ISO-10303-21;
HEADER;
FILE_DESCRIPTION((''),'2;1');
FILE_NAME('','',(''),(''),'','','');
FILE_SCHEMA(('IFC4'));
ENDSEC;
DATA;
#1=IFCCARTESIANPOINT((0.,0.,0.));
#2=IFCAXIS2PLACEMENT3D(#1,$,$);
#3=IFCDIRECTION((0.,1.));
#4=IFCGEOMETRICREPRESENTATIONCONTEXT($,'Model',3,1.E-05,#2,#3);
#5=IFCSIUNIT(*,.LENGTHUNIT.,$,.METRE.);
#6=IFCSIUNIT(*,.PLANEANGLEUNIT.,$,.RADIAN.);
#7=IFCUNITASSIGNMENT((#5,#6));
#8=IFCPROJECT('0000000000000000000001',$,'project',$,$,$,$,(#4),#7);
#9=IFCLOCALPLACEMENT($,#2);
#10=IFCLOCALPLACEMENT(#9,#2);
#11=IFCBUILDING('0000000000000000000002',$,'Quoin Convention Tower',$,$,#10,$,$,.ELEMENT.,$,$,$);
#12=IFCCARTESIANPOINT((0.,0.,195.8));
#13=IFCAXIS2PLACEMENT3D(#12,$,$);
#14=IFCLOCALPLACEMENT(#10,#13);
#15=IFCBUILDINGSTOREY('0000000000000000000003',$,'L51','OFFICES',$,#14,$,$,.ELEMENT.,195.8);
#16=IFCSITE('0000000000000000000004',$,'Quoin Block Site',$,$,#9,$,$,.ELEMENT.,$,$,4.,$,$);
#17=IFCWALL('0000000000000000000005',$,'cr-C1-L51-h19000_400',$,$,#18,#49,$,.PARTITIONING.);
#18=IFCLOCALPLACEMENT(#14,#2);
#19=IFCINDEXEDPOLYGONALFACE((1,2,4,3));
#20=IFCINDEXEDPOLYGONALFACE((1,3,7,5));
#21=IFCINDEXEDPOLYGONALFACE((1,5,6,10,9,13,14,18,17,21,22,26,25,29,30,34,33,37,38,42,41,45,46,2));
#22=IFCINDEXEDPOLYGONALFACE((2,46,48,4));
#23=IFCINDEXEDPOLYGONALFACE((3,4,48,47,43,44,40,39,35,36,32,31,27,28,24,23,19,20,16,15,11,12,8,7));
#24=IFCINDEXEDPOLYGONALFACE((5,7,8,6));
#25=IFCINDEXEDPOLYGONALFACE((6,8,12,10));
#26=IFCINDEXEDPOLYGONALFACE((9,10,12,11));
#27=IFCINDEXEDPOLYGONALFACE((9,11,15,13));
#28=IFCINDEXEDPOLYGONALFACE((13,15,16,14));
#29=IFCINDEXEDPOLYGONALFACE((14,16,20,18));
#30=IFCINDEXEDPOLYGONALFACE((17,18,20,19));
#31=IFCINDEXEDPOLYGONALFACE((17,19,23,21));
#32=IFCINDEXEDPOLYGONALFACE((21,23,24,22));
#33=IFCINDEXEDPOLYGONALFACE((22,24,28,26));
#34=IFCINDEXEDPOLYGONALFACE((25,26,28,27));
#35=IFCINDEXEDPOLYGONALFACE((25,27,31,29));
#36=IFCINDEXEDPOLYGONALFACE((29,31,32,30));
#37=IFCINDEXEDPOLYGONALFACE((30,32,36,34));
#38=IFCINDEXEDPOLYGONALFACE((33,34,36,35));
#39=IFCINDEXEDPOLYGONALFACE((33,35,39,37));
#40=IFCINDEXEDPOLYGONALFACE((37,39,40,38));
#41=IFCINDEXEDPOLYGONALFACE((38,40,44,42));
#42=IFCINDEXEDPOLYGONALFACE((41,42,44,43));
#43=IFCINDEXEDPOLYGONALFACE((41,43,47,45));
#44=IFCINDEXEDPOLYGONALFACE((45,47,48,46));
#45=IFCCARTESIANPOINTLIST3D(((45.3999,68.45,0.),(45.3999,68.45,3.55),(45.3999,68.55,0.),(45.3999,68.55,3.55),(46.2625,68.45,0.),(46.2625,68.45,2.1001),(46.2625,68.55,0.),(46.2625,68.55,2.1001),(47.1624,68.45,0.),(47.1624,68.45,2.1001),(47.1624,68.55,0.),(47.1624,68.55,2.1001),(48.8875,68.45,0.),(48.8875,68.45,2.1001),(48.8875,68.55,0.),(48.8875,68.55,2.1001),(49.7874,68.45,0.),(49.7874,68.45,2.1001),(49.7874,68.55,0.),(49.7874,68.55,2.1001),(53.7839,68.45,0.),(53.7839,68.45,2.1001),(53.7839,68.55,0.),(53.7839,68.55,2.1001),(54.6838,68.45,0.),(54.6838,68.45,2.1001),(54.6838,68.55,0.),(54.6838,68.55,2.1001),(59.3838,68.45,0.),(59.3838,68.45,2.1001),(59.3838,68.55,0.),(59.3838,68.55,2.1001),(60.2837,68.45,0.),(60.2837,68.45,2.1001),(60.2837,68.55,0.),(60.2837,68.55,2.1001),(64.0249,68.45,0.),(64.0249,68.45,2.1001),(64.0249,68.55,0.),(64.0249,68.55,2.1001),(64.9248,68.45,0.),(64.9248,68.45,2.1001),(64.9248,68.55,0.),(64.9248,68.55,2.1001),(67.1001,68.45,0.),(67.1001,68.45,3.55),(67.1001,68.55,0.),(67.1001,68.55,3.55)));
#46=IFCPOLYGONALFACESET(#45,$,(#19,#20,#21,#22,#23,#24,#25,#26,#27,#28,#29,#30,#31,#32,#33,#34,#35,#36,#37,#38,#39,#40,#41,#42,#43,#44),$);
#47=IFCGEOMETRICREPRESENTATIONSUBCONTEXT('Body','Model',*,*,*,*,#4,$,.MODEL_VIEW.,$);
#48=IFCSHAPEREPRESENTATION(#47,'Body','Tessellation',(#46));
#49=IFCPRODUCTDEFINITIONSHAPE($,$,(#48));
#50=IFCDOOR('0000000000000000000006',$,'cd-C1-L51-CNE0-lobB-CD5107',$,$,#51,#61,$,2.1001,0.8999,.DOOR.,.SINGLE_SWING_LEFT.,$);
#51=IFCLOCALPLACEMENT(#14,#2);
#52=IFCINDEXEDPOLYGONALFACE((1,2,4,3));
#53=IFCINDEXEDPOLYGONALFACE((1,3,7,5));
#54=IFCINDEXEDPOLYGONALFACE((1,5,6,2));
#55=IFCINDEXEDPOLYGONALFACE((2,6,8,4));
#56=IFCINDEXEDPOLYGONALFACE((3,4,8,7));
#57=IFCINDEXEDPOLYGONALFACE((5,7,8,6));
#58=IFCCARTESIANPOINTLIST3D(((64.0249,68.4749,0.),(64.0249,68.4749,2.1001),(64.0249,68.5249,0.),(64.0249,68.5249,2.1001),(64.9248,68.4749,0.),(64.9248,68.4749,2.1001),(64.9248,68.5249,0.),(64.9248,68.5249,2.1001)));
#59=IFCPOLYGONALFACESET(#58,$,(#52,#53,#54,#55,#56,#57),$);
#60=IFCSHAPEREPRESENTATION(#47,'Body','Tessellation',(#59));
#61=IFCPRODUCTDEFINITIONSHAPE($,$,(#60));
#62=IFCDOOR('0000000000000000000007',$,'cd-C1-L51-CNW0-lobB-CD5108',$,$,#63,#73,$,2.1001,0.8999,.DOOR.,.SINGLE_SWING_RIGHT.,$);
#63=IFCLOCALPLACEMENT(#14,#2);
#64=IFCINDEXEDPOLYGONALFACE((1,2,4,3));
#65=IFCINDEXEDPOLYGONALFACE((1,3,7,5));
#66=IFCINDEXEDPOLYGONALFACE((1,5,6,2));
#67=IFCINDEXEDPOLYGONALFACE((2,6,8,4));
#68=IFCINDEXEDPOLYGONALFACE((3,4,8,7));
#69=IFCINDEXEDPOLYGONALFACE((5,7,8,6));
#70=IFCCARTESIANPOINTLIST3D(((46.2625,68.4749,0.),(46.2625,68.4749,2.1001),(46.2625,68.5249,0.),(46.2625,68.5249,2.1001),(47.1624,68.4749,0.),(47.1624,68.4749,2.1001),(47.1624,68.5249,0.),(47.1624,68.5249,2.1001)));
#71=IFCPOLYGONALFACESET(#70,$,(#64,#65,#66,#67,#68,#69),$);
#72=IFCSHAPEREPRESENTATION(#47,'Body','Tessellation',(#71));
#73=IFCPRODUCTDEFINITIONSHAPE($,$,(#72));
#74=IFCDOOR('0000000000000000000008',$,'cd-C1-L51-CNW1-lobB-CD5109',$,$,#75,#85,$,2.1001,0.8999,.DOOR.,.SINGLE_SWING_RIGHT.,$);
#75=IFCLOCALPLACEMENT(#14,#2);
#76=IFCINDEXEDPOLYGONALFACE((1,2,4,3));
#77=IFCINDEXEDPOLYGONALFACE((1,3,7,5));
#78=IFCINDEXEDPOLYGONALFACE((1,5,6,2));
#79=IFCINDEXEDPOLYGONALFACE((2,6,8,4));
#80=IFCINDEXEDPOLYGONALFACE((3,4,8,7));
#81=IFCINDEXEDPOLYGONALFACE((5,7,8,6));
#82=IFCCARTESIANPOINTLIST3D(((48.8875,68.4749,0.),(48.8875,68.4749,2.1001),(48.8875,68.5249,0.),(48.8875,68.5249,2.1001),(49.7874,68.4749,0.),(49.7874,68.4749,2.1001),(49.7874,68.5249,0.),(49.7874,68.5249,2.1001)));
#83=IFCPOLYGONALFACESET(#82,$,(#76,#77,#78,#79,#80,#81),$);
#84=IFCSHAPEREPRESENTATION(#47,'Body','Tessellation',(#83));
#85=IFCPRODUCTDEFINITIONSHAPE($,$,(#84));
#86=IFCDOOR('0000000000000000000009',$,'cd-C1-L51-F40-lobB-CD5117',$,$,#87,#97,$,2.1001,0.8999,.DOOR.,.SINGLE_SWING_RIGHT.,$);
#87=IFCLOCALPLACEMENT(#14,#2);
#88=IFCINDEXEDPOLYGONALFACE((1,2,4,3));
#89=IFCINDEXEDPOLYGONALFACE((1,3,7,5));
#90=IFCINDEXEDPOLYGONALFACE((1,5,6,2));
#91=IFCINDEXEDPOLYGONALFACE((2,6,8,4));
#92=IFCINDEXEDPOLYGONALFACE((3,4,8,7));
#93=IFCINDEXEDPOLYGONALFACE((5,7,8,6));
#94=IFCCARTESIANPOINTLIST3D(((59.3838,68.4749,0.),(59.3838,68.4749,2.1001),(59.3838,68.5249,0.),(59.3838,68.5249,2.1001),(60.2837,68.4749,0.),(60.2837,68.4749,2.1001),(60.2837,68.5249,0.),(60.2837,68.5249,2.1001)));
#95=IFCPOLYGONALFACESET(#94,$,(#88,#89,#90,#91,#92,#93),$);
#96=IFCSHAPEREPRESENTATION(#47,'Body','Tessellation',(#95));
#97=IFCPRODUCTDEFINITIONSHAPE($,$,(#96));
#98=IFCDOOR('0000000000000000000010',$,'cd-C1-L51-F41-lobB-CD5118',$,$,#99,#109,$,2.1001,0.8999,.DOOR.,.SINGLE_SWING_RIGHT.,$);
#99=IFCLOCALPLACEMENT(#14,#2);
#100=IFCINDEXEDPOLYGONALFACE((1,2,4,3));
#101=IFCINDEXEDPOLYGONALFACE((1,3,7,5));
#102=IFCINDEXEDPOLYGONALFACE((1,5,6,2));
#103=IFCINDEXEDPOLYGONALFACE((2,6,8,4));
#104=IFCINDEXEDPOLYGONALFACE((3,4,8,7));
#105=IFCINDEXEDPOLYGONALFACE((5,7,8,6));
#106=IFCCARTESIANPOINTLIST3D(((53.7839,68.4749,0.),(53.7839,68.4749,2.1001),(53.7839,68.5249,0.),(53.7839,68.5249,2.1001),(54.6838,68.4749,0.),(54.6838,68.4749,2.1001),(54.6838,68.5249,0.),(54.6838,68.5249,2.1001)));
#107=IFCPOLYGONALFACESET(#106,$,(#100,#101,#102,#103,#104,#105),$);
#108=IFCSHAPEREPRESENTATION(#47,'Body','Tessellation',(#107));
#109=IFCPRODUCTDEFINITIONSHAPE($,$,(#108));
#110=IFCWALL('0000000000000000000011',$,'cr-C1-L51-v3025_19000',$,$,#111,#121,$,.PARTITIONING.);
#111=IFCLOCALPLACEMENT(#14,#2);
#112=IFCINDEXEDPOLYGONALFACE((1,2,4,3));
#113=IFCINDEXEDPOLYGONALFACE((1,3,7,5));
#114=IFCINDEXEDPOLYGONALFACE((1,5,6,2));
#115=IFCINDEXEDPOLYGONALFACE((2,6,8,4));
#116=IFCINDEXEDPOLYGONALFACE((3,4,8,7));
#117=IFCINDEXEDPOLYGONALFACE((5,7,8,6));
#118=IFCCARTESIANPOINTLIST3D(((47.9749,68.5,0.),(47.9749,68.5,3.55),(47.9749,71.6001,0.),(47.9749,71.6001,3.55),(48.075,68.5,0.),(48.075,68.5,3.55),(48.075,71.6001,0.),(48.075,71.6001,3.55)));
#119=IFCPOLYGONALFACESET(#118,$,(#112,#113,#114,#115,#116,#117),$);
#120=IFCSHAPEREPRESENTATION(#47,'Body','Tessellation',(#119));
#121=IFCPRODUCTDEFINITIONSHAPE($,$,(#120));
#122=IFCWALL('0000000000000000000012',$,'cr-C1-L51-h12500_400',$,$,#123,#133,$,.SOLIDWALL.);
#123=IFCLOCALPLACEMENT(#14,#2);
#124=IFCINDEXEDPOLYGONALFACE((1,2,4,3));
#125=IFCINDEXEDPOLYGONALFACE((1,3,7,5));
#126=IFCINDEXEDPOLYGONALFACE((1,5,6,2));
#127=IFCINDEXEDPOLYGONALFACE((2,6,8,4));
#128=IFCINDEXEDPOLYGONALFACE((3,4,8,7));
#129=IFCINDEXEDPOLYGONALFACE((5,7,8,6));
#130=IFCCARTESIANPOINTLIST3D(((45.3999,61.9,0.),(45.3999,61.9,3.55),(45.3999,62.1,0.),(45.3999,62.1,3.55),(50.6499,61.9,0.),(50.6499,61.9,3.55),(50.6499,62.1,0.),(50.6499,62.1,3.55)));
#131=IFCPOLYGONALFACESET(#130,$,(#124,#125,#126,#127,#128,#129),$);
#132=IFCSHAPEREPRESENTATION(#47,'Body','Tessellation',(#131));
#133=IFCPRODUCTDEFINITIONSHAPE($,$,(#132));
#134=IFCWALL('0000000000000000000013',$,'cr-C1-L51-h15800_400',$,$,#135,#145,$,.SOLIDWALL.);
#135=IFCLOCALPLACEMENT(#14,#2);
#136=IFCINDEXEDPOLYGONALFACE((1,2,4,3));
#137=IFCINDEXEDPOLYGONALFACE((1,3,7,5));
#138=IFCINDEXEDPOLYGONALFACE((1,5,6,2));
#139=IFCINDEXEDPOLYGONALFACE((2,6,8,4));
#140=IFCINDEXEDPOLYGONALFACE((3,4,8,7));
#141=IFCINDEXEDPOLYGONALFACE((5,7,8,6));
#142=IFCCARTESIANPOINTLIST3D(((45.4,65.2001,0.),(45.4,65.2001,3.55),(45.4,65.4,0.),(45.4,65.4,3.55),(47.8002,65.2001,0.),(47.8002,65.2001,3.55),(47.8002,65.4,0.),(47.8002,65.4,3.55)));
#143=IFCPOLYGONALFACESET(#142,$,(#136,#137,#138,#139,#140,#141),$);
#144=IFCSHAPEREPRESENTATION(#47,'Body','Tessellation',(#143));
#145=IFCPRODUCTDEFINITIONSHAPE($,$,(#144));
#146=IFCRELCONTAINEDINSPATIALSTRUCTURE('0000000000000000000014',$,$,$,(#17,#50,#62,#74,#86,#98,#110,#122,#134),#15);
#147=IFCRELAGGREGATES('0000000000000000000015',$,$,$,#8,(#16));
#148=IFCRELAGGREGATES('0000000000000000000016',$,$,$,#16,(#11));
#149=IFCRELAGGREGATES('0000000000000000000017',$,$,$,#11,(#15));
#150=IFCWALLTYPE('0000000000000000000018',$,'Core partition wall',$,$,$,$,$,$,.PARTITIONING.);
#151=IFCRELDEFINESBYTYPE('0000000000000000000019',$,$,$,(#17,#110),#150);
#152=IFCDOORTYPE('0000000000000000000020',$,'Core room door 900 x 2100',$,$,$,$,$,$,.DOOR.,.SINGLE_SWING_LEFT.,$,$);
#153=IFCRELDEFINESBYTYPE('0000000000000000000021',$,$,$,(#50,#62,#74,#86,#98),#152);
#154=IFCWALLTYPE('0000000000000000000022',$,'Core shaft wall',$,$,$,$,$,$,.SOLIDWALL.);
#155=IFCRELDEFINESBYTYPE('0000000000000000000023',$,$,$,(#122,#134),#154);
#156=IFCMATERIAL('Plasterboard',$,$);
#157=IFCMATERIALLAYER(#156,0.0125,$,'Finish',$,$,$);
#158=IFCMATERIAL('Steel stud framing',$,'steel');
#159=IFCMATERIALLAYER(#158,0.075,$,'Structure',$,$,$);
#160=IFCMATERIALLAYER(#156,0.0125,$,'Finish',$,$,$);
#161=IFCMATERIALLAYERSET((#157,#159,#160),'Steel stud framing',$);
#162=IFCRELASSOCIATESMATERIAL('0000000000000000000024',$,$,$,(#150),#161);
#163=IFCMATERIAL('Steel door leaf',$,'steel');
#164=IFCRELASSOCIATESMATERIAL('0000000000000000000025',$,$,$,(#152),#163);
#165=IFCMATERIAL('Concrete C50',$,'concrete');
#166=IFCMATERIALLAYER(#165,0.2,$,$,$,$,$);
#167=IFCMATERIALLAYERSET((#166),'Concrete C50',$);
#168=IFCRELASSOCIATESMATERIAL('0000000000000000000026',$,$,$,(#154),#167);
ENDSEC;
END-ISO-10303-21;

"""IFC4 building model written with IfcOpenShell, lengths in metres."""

from ifc_helpers import new_model, si_unit, direction, frame, frame_2d, origin, place, context, subcontext, project, spatial, rectangle, extrude, material, layer, layer_set, type_object, element, fill, save


model = new_model("IFC4")

# Units and contexts
model_context = context("Model", 3, precision=1e-05, world=origin(), true_north=direction((0.0, 1.0)))
body_context = subcontext(model_context, "Body", "Model", "MODEL_VIEW")
ifc_project = project(units=[si_unit("LENGTHUNIT", "METRE"), si_unit("PLANEANGLEUNIT", "RADIAN")], contexts=[model_context])

# Site, building, storey
site_placement = place(None, origin())
site = spatial("IfcSite", under=ifc_project, at=site_placement, Name="Quoin Block Site", CompositionType="ELEMENT", RefElevation=4.0)
building_placement = place(site_placement, origin())
building = spatial("IfcBuilding", under=site, at=building_placement, Name="Quoin Convention Tower", CompositionType="ELEMENT")
storey_placement = place(building_placement, frame((0.0, 0.0, 195.8)))
storey = spatial("IfcBuildingStorey", under=building, at=storey_placement, Name="L51", Description="OFFICES", CompositionType="ELEMENT", Elevation=195.8)

# Shared definitions
ifc_material_1 = material(Name="Plasterboard")
ifc_material_2 = material(Name="Steel stud framing", Category="steel")

# Shared definitions
ifc_material_3 = material(Name="Steel door leaf", Category="steel")

# Wall, openings, doors
ifc_layer_1 = layer(ifc_material_1, 0.0125, Name="Finish")
ifc_layer_2 = layer(ifc_material_2, 0.075, Name="Structure")
ifc_layer_3 = layer(ifc_material_1, 0.0125, Name="Finish")
ifc_layer_set_1 = layer_set([ifc_layer_1, ifc_layer_2, ifc_layer_3], Name="Steel stud framing")
wall_type_1 = type_object("IfcWallType", Name="Core partition wall", PredefinedType="PARTITIONING", material=ifc_layer_set_1)
wall_1_placement = place(storey_placement, frame((45.3999, 68.5, 0.0), z_axis=(0.0, 0.0, 1.0), x_axis=(1.0, 0.0, 0.0)))
wall_1 = element("IfcWall", 1, at=wall_1_placement, inside=storey, type_object=wall_type_1, Name="cr-C1-L51-h19000_400", PredefinedType="PARTITIONING", context=body_context, shape_type="SweptSolid", body=[
    extrude(rectangle(XDim=21.7002, YDim=0.1001, at=frame_2d((10.8501, 0.0))), origin(), (0.0, 0.0, 1.0), 3.55),
])
opening_1_placement = place(wall_1_placement, frame((18.625, 0.0, 0.0)))
opening_1 = element("IfcOpeningElement", 2, at=opening_1_placement, cuts=wall_1, PredefinedType="OPENING", context=body_context, shape_type="SweptSolid", body=[
    extrude(rectangle(XDim=0.8999, YDim=2.1001, at=frame_2d((0.45, 1.05))), frame((0.0, 0.0601, 0.0), z_axis=(0.0, -1.0, 0.0), x_axis=(1.0, 0.0, 0.0)), (0.0, 0.0, 1.0), 0.1201),
])
opening_2_placement = place(wall_1_placement, frame((0.8625, 0.0, 0.0)))
opening_2 = element("IfcOpeningElement", 3, at=opening_2_placement, cuts=wall_1, PredefinedType="OPENING", context=body_context, shape_type="SweptSolid", body=[
    extrude(rectangle(XDim=0.8999, YDim=2.1001, at=frame_2d((0.45, 1.05))), frame((0.0, 0.0601, 0.0), z_axis=(0.0, -1.0, 0.0), x_axis=(1.0, 0.0, 0.0)), (0.0, 0.0, 1.0), 0.1201),
])
opening_3_placement = place(wall_1_placement, frame((3.4875, 0.0, 0.0)))
opening_3 = element("IfcOpeningElement", 4, at=opening_3_placement, cuts=wall_1, PredefinedType="OPENING", context=body_context, shape_type="SweptSolid", body=[
    extrude(rectangle(XDim=0.8999, YDim=2.1001, at=frame_2d((0.45, 1.05))), frame((0.0, 0.0601, 0.0), z_axis=(0.0, -1.0, 0.0), x_axis=(1.0, 0.0, 0.0)), (0.0, 0.0, 1.0), 0.1201),
])
opening_4_placement = place(wall_1_placement, frame((13.9839, 0.0, 0.0)))
opening_4 = element("IfcOpeningElement", 5, at=opening_4_placement, cuts=wall_1, PredefinedType="OPENING", context=body_context, shape_type="SweptSolid", body=[
    extrude(rectangle(XDim=0.8999, YDim=2.1001, at=frame_2d((0.45, 1.05))), frame((0.0, 0.0601, 0.0), z_axis=(0.0, -1.0, 0.0), x_axis=(1.0, 0.0, 0.0)), (0.0, 0.0, 1.0), 0.1201),
])
opening_5_placement = place(wall_1_placement, frame((8.384, 0.0, 0.0)))
opening_5 = element("IfcOpeningElement", 6, at=opening_5_placement, cuts=wall_1, PredefinedType="OPENING", context=body_context, shape_type="SweptSolid", body=[
    extrude(rectangle(XDim=0.8999, YDim=2.1001, at=frame_2d((0.45, 1.05))), frame((0.0, 0.0601, 0.0), z_axis=(0.0, -1.0, 0.0), x_axis=(1.0, 0.0, 0.0)), (0.0, 0.0, 1.0), 0.1201),
])
door_type_1 = type_object("IfcDoorType", Name="Core room door 900 x 2100", OperationType="SINGLE_SWING_LEFT", PredefinedType="DOOR", material=ifc_material_3)
door_1_placement = place(opening_1_placement, origin())
door_1 = element("IfcDoor", 7, at=door_1_placement, inside=storey, type_object=door_type_1, Name="cd-C1-L51-CNE0-lobB-CD5107", OperationType="SINGLE_SWING_LEFT", OverallHeight=2.1001, OverallWidth=0.8999, PredefinedType="DOOR", context=body_context, shape_type="SweptSolid", body=[
    extrude(rectangle(XDim=0.8999, YDim=2.1001, at=frame_2d((0.45, 1.05))), frame((0.0, 0.0249, 0.0), z_axis=(0.0, -1.0, 0.0), x_axis=(1.0, 0.0, 0.0)), (0.0, 0.0, 1.0), 0.05),
])
fill(opening_1, door_1)
door_2_placement = place(opening_2_placement, origin())
door_2 = element("IfcDoor", 8, at=door_2_placement, inside=storey, type_object=door_type_1, Name="cd-C1-L51-CNW0-lobB-CD5108", OperationType="SINGLE_SWING_RIGHT", OverallHeight=2.1001, OverallWidth=0.8999, PredefinedType="DOOR", context=body_context, shape_type="SweptSolid", body=[
    extrude(rectangle(XDim=0.8999, YDim=2.1001, at=frame_2d((0.45, 1.05))), frame((0.0, 0.0249, 0.0), z_axis=(0.0, -1.0, 0.0), x_axis=(1.0, 0.0, 0.0)), (0.0, 0.0, 1.0), 0.05),
])
fill(opening_2, door_2)
door_3_placement = place(opening_3_placement, origin())
door_3 = element("IfcDoor", 9, at=door_3_placement, inside=storey, type_object=door_type_1, Name="cd-C1-L51-CNW1-lobB-CD5109", OperationType="SINGLE_SWING_RIGHT", OverallHeight=2.1001, OverallWidth=0.8999, PredefinedType="DOOR", context=body_context, shape_type="SweptSolid", body=[
    extrude(rectangle(XDim=0.8999, YDim=2.1001, at=frame_2d((0.45, 1.05))), frame((0.0, 0.0249, 0.0), z_axis=(0.0, -1.0, 0.0), x_axis=(1.0, 0.0, 0.0)), (0.0, 0.0, 1.0), 0.05),
])
fill(opening_3, door_3)
door_4_placement = place(opening_4_placement, origin())
door_4 = element("IfcDoor", 10, at=door_4_placement, inside=storey, type_object=door_type_1, Name="cd-C1-L51-F40-lobB-CD5117", OperationType="SINGLE_SWING_RIGHT", OverallHeight=2.1001, OverallWidth=0.8999, PredefinedType="DOOR", context=body_context, shape_type="SweptSolid", body=[
    extrude(rectangle(XDim=0.8999, YDim=2.1001, at=frame_2d((0.45, 1.05))), frame((0.0, 0.0249, 0.0), z_axis=(0.0, -1.0, 0.0), x_axis=(1.0, 0.0, 0.0)), (0.0, 0.0, 1.0), 0.05),
])
fill(opening_4, door_4)
door_5_placement = place(opening_5_placement, origin())
door_5 = element("IfcDoor", 11, at=door_5_placement, inside=storey, type_object=door_type_1, Name="cd-C1-L51-F41-lobB-CD5118", OperationType="SINGLE_SWING_RIGHT", OverallHeight=2.1001, OverallWidth=0.8999, PredefinedType="DOOR", context=body_context, shape_type="SweptSolid", body=[
    extrude(rectangle(XDim=0.8999, YDim=2.1001, at=frame_2d((0.45, 1.05))), frame((0.0, 0.0249, 0.0), z_axis=(0.0, -1.0, 0.0), x_axis=(1.0, 0.0, 0.0)), (0.0, 0.0, 1.0), 0.05),
])
fill(opening_5, door_5)

# Walls
wall_2_placement = place(storey_placement, frame((48.0249, 68.5, 0.0), z_axis=(0.0, 0.0, 1.0), x_axis=(0.0, 1.0, 0.0)))
element("IfcWall", 12, at=wall_2_placement, inside=storey, type_object=wall_type_1, Name="cr-C1-L51-v3025_19000", PredefinedType="PARTITIONING", context=body_context, shape_type="SweptSolid", body=[
    extrude(rectangle(XDim=3.1001, YDim=0.1001, at=frame_2d((1.55, 0.0))), origin(), (0.0, 0.0, 1.0), 3.55),
])
ifc_material_4 = material(Name="Concrete C50", Category="concrete")
ifc_layer_4 = layer(ifc_material_4, 0.2)
ifc_layer_set_2 = layer_set([ifc_layer_4], Name="Concrete C50")
wall_type_2 = type_object("IfcWallType", Name="Core shaft wall", PredefinedType="SOLIDWALL", material=ifc_layer_set_2)
wall_3_placement = place(storey_placement, frame((45.3999, 62.0, 0.0), z_axis=(0.0, 0.0, 1.0), x_axis=(1.0, 0.0, 0.0)))
element("IfcWall", 13, at=wall_3_placement, inside=storey, type_object=wall_type_2, Name="cr-C1-L51-h12500_400", PredefinedType="SOLIDWALL", context=body_context, shape_type="SweptSolid", body=[
    extrude(rectangle(XDim=5.25, YDim=0.2, at=frame_2d((2.625, 0.0))), origin(), (0.0, 0.0, 1.0), 3.55),
])
wall_4_placement = place(storey_placement, frame((45.3999, 65.3, 0.0), z_axis=(0.0, 0.0, 1.0), x_axis=(1.0, 0.0, 0.0)))
element("IfcWall", 14, at=wall_4_placement, inside=storey, type_object=wall_type_2, Name="cr-C1-L51-h15800_400", PredefinedType="SOLIDWALL", context=body_context, shape_type="SweptSolid", body=[
    extrude(rectangle(XDim=2.4001, YDim=0.2, at=frame_2d((1.2002, 0.0))), origin(), (0.0, 0.0, 1.0), 3.55),
])

save(model, "model.ifc")
